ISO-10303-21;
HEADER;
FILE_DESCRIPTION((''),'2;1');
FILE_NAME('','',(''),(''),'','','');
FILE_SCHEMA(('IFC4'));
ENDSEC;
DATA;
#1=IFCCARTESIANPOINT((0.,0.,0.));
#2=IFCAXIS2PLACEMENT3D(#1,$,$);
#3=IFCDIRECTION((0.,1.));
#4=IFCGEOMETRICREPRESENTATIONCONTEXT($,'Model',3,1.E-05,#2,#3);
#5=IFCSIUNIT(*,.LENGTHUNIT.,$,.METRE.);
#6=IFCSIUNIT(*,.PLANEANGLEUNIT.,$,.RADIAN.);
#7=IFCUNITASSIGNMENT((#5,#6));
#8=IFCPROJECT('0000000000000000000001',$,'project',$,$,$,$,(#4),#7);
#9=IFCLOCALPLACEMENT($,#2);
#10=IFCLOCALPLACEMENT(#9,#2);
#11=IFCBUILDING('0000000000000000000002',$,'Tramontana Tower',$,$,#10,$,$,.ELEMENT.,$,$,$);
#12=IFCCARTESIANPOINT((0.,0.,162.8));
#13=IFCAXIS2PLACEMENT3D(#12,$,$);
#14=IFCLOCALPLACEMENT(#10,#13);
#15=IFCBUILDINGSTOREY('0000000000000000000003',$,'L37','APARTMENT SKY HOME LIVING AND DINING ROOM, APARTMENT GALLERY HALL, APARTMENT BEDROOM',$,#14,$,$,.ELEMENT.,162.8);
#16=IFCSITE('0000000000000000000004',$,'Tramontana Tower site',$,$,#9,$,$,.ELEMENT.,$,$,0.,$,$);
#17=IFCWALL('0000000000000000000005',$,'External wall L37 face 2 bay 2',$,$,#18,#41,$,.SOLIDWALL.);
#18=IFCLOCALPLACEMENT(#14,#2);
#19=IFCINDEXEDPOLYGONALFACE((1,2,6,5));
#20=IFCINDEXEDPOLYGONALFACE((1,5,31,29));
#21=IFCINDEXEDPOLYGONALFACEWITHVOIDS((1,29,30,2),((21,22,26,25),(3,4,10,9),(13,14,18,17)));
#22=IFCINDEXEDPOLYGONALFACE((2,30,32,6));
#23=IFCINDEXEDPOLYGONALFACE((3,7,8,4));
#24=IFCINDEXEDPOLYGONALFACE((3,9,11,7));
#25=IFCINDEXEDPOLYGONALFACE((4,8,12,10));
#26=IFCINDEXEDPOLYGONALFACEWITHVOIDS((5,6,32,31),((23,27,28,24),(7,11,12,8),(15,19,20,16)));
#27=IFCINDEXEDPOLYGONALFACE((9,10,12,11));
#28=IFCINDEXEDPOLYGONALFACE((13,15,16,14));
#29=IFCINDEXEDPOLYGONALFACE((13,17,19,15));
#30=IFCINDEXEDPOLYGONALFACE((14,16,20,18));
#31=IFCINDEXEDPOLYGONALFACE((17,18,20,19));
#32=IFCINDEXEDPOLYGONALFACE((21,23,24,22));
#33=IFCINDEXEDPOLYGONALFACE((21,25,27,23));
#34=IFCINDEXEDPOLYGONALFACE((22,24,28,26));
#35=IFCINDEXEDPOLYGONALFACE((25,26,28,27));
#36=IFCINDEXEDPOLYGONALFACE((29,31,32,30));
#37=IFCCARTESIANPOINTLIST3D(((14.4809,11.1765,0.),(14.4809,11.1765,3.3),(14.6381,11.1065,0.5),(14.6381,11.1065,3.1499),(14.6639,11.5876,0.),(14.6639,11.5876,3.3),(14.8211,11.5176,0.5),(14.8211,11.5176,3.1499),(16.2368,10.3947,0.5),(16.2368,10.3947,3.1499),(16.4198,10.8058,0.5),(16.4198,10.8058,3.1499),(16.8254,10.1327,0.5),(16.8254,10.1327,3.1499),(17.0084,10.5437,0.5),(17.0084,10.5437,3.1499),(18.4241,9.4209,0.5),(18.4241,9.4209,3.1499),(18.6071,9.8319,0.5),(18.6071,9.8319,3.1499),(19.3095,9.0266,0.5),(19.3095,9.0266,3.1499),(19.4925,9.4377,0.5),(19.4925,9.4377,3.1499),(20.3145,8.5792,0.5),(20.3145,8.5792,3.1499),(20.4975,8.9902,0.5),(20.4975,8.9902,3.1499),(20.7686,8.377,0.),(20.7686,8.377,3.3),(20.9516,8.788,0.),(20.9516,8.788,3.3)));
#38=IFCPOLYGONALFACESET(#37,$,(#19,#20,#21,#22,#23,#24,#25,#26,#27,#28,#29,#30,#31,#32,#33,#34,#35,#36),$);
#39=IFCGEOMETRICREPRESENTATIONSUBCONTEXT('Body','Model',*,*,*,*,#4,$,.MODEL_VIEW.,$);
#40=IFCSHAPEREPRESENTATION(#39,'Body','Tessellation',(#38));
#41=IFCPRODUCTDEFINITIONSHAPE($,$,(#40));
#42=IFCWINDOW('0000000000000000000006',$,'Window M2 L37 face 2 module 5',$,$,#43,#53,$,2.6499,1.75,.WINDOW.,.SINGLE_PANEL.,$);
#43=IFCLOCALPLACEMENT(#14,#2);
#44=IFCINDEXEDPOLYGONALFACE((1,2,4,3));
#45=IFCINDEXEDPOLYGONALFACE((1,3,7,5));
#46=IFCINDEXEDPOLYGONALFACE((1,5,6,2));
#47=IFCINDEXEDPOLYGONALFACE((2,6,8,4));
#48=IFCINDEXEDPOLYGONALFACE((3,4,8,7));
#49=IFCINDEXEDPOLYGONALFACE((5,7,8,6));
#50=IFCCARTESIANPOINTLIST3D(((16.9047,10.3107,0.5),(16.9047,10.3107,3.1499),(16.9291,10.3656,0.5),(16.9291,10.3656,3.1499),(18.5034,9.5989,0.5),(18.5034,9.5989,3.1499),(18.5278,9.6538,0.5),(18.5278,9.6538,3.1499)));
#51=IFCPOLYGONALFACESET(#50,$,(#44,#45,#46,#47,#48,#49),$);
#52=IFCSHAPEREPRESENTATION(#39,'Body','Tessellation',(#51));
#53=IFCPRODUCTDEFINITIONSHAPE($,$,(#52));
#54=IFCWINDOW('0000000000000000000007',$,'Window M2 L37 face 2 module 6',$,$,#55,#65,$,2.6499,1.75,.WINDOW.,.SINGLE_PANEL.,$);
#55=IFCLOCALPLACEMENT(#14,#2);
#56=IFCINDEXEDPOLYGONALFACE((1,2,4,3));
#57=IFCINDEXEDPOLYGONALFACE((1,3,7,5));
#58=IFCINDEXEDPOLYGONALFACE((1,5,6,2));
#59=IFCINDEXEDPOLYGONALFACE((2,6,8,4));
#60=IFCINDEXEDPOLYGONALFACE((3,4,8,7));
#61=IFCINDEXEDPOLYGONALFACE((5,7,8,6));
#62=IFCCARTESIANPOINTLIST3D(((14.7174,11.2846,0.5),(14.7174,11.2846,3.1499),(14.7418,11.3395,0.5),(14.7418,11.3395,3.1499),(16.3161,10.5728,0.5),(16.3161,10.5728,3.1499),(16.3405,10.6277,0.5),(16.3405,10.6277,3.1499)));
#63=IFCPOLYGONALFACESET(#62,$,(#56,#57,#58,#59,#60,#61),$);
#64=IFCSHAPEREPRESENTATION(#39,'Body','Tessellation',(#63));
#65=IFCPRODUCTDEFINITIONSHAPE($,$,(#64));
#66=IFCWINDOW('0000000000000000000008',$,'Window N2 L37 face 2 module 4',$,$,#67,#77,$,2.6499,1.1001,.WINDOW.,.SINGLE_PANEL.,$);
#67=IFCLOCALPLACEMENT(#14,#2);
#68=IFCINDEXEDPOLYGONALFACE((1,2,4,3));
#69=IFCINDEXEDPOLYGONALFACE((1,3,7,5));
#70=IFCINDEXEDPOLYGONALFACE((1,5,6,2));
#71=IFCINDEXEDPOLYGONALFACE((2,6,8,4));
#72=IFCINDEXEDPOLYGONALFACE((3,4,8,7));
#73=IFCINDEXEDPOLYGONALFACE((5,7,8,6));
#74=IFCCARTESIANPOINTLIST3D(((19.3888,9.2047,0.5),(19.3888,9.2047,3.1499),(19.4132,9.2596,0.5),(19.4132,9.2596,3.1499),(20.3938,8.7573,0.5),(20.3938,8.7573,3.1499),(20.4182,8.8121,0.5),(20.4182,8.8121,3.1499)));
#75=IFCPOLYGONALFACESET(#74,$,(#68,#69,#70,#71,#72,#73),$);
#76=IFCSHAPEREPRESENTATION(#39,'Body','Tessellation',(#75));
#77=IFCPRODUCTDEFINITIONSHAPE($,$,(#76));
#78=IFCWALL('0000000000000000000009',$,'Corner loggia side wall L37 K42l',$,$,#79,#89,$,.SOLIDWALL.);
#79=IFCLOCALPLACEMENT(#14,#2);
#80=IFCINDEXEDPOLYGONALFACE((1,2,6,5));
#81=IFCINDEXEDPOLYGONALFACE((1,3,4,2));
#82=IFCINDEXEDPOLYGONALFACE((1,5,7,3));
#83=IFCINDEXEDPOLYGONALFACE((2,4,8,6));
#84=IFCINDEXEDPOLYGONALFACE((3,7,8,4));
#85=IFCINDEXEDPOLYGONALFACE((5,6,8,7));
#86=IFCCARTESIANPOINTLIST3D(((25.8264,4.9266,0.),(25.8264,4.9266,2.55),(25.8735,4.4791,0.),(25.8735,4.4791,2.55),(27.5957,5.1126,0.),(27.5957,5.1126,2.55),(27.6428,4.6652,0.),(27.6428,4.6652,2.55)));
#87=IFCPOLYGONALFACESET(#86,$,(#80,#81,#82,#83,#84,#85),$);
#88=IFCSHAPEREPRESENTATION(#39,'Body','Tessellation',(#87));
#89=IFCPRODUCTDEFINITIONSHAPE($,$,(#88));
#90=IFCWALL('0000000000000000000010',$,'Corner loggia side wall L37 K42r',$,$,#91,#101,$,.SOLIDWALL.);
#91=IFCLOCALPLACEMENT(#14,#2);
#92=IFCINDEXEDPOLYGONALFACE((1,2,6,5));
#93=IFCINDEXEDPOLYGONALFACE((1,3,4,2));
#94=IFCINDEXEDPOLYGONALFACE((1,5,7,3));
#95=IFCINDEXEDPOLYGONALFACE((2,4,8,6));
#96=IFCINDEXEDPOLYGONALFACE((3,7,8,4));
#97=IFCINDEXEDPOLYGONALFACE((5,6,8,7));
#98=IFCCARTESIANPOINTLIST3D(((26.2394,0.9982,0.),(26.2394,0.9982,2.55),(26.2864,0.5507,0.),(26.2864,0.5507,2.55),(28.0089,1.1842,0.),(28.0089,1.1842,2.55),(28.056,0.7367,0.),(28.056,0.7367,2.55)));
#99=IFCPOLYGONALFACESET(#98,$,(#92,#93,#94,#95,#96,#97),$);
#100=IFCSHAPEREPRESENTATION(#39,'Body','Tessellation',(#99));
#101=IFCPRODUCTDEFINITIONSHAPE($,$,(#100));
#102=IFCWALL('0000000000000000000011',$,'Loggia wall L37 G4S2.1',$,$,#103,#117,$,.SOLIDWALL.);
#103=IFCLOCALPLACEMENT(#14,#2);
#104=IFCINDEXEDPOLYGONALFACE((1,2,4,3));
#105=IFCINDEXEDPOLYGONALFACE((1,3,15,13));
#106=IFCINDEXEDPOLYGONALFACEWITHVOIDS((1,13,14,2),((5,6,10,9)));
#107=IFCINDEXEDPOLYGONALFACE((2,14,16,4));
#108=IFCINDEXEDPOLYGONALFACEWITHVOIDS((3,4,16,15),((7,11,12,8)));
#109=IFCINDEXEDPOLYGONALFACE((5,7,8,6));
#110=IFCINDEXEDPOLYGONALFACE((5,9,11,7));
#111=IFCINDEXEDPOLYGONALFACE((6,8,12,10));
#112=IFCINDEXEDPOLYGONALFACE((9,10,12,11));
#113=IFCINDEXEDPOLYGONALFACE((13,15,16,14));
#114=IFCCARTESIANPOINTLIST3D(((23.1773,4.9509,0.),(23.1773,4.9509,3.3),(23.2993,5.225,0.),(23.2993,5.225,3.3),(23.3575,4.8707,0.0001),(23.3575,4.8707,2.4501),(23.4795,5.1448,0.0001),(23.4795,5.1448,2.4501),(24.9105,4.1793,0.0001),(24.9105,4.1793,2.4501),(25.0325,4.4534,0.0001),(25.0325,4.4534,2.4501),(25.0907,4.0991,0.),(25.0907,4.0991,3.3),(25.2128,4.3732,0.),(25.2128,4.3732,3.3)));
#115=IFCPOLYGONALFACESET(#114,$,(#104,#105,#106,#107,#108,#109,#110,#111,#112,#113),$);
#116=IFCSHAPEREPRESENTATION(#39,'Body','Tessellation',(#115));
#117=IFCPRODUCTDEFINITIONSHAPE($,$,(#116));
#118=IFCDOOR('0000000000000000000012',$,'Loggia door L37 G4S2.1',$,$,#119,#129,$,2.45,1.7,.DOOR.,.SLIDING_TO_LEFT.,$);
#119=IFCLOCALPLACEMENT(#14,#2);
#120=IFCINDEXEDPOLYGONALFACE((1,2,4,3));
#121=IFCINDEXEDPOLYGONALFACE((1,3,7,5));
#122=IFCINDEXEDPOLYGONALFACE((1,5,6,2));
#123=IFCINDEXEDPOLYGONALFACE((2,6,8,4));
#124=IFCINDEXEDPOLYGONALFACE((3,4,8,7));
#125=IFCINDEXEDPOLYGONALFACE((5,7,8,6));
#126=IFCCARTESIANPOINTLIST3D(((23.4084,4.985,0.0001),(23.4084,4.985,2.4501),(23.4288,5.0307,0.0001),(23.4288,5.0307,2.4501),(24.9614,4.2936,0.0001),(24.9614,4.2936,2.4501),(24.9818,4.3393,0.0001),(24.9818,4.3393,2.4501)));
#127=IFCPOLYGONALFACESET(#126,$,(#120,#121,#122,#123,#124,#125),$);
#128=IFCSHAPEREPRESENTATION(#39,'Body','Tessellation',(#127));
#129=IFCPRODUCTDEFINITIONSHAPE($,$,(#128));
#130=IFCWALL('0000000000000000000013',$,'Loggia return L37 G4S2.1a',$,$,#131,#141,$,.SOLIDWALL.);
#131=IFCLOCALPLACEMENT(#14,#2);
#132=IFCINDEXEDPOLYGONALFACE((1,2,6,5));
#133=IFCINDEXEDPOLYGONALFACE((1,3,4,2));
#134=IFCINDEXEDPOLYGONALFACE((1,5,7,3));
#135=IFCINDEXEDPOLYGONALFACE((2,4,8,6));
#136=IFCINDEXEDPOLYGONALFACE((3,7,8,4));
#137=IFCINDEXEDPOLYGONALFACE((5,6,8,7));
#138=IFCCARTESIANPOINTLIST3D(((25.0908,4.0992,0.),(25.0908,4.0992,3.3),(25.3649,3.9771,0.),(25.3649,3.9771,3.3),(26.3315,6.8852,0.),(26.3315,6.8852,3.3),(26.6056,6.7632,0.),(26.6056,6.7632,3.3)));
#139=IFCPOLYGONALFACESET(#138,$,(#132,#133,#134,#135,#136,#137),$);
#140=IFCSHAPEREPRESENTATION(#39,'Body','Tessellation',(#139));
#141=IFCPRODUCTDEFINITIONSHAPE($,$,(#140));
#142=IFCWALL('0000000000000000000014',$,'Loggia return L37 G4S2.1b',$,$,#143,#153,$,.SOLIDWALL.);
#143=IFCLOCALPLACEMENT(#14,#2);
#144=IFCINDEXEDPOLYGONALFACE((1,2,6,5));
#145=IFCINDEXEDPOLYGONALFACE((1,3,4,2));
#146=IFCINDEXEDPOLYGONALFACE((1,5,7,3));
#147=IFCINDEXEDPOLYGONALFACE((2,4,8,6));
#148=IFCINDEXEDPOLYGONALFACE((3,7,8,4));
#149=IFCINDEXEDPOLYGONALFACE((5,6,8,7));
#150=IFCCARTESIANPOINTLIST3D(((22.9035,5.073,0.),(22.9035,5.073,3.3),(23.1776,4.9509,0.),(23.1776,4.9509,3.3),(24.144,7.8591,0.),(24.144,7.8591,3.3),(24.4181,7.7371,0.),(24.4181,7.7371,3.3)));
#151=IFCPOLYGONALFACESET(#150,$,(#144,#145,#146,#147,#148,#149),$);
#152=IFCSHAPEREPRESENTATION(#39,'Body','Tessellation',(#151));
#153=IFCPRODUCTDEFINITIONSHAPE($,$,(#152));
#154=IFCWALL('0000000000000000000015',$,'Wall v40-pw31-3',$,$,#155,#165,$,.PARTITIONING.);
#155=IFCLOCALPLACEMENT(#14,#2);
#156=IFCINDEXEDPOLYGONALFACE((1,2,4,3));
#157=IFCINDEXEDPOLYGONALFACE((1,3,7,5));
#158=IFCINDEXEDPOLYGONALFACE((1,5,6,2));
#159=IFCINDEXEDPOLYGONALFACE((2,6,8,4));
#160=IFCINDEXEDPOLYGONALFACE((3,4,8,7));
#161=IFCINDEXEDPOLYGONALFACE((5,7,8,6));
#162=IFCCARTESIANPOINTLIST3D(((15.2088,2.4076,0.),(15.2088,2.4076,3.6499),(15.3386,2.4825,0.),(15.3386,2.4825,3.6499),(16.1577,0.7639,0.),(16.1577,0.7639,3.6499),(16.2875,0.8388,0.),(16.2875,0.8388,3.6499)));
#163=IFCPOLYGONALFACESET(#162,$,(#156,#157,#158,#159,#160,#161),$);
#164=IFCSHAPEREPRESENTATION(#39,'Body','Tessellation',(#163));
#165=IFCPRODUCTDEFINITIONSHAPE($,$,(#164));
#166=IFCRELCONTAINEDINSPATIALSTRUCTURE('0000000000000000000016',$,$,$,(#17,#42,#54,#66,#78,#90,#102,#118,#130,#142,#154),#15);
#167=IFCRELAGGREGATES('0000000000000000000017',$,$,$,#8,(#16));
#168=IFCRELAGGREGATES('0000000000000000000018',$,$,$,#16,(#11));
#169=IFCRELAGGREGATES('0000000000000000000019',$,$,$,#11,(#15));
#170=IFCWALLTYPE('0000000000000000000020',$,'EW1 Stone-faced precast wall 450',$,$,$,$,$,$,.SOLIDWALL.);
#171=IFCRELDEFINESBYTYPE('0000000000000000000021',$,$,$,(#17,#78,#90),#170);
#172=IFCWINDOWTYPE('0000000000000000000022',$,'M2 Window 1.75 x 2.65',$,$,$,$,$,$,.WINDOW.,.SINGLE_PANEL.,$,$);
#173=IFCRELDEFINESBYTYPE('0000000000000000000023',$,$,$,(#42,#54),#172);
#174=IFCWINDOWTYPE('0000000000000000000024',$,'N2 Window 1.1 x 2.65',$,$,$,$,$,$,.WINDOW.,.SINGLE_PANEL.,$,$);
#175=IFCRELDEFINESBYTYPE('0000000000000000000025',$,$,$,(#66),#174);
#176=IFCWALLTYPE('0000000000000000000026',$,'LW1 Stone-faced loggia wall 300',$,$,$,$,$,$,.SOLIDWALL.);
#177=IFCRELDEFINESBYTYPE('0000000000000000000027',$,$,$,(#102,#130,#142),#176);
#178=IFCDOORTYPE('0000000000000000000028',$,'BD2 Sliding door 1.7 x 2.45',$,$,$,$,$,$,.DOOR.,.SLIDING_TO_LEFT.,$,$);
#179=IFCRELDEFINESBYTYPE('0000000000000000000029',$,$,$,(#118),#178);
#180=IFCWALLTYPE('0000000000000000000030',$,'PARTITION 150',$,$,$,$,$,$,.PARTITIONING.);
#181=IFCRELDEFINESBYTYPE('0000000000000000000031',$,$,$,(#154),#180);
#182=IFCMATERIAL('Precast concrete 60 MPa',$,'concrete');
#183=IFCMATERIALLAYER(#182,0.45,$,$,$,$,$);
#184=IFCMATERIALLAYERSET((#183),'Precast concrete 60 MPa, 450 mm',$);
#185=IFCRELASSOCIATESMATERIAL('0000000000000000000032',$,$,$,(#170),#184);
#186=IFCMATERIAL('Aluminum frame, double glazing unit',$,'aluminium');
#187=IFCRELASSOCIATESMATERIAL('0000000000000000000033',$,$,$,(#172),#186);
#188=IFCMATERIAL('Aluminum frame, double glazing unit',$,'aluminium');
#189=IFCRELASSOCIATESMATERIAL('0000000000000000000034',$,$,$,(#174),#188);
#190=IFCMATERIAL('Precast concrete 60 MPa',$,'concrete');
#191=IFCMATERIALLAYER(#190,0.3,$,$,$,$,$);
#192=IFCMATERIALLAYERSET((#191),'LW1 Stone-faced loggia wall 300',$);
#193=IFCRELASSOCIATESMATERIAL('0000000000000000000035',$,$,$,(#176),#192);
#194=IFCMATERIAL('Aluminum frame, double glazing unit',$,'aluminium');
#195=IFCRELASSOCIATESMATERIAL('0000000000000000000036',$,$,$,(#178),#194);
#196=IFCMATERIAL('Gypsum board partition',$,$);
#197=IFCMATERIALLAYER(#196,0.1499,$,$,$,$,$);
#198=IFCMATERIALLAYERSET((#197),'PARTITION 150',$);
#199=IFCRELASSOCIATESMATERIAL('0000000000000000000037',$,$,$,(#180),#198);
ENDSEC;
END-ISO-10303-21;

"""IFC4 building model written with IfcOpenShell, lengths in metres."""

from ifc_helpers import new_model, si_unit, direction, frame, frame_2d, origin, place, context, subcontext, project, spatial, rectangle, extrude, material, layer, layer_set, type_object, element, fill, save


model = new_model("IFC4")

# Units and contexts
model_context = context("Model", 3, precision=1e-05, world=origin(), true_north=direction((0.0, 1.0)))
body_context = subcontext(model_context, "Body", "Model", "MODEL_VIEW")
ifc_project = project(units=[si_unit("LENGTHUNIT", "METRE"), si_unit("PLANEANGLEUNIT", "RADIAN")], contexts=[model_context])

# Site, building, storey
site_placement = place(None, origin())
site = spatial("IfcSite", under=ifc_project, at=site_placement, Name="Tramontana Tower site", CompositionType="ELEMENT", RefElevation=0.0)
building_placement = place(site_placement, origin())
building = spatial("IfcBuilding", under=site, at=building_placement, Name="Tramontana Tower", CompositionType="ELEMENT")
storey_placement = place(building_placement, frame((0.0, 0.0, 162.8)))
storey = spatial("IfcBuildingStorey", under=building, at=storey_placement, Name="L37", Description="APARTMENT SKY HOME LIVING AND DINING ROOM, APARTMENT GALLERY HALL, APARTMENT BEDROOM", CompositionType="ELEMENT", Elevation=162.8)

# Shared definitions
ifc_material_1 = material(Name="Precast concrete 60 MPa", Category="concrete")
ifc_layer_1 = layer(ifc_material_1, 0.45)
ifc_layer_set_1 = layer_set([ifc_layer_1], Name="Precast concrete 60 MPa, 450 mm")
wall_type_1 = type_object("IfcWallType", Name="EW1 Stone-faced precast wall 450", PredefinedType="SOLIDWALL", material=ifc_layer_set_1)
ifc_material_2 = material(Name="Aluminum frame, double glazing unit", Category="aluminium")
window_type_1 = type_object("IfcWindowType", Name="M2 Window 1.75 x 2.65", PartitioningType="SINGLE_PANEL", PredefinedType="WINDOW", material=ifc_material_2)

# Wall, openings, windows
wall_1_placement = place(storey_placement, frame((20.8601, 8.5825, 0.0), z_axis=(0.0, 0.0, 1.0), x_axis=(-0.913544, 0.406741, 0.0)))
wall_1 = element("IfcWall", 1, at=wall_1_placement, inside=storey, type_object=wall_type_1, Name="External wall L37 face 2 bay 2", PredefinedType="SOLIDWALL", context=body_context, shape_type="SweptSolid", body=[
    extrude(rectangle(XDim=6.8828, YDim=0.45, at=frame_2d((3.4414, 0.0))), origin(), (0.0, 0.0, 1.0), 3.3),
])
opening_1_placement = place(wall_1_placement, frame((0.4971, 0.0, 0.5)))
opening_1 = element("IfcOpeningElement", 2, at=opening_1_placement, cuts=wall_1, PredefinedType="OPENING", context=body_context, shape_type="SweptSolid", body=[
    extrude(rectangle(XDim=1.1001, YDim=2.6499, at=frame_2d((0.55, 1.325))), frame((0.0, 0.2349, 0.0), z_axis=(0.0, -1.0, 0.0), x_axis=(1.0, 0.0, 0.0)), (0.0, 0.0, 1.0), 0.47),
])
opening_2_placement = place(wall_1_placement, frame((2.5664, 0.0, 0.5)))
opening_2 = element("IfcOpeningElement", 3, at=opening_2_placement, cuts=wall_1, PredefinedType="OPENING", context=body_context, shape_type="SweptSolid", body=[
    extrude(rectangle(XDim=1.75, YDim=2.6499, at=frame_2d((0.875, 1.325))), frame((0.0, 0.2349, 0.0), z_axis=(0.0, -1.0, 0.0), x_axis=(1.0, 0.0, 0.0)), (0.0, 0.0, 1.0), 0.47),
])
opening_3_placement = place(wall_1_placement, frame((4.9607, 0.0, 0.5)))
opening_3 = element("IfcOpeningElement", 4, at=opening_3_placement, cuts=wall_1, PredefinedType="OPENING", context=body_context, shape_type="SweptSolid", body=[
    extrude(rectangle(XDim=1.75, YDim=2.6499, at=frame_2d((0.875, 1.325))), frame((0.0, 0.2349, 0.0), z_axis=(0.0, -1.0, 0.0), x_axis=(1.0, 0.0, 0.0)), (0.0, 0.0, 1.0), 0.47),
])
window_1_placement = place(opening_2_placement, origin())
window_1 = element("IfcWindow", 5, at=window_1_placement, inside=storey, type_object=window_type_1, Name="Window M2 L37 face 2 module 5", OverallHeight=2.6499, OverallWidth=1.75, PartitioningType="SINGLE_PANEL", PredefinedType="WINDOW", context=body_context, shape_type="SweptSolid", body=[
    extrude(rectangle(XDim=1.75, YDim=2.6499, at=frame_2d((0.875, 1.325))), frame((0.0, 0.03, 0.0), z_axis=(0.0, -1.0, 0.0), x_axis=(1.0, 0.0, 0.0)), (0.0, 0.0, 1.0), 0.0601),
])
fill(opening_2, window_1)
window_2_placement = place(opening_3_placement, origin())
window_2 = element("IfcWindow", 6, at=window_2_placement, inside=storey, type_object=window_type_1, Name="Window M2 L37 face 2 module 6", OverallHeight=2.6499, OverallWidth=1.75, PartitioningType="SINGLE_PANEL", PredefinedType="WINDOW", context=body_context, shape_type="SweptSolid", body=[
    extrude(rectangle(XDim=1.75, YDim=2.6499, at=frame_2d((0.875, 1.325))), frame((0.0, 0.03, 0.0), z_axis=(0.0, -1.0, 0.0), x_axis=(1.0, 0.0, 0.0)), (0.0, 0.0, 1.0), 0.0601),
])
fill(opening_3, window_2)
ifc_material_3 = material(Name="Aluminum frame, double glazing unit", Category="aluminium")
window_type_2 = type_object("IfcWindowType", Name="N2 Window 1.1 x 2.65", PartitioningType="SINGLE_PANEL", PredefinedType="WINDOW", material=ifc_material_3)
window_3_placement = place(opening_1_placement, origin())
window_3 = element("IfcWindow", 7, at=window_3_placement, inside=storey, type_object=window_type_2, Name="Window N2 L37 face 2 module 4", OverallHeight=2.6499, OverallWidth=1.1001, PartitioningType="SINGLE_PANEL", PredefinedType="WINDOW", context=body_context, shape_type="SweptSolid", body=[
    extrude(rectangle(XDim=1.1001, YDim=2.6499, at=frame_2d((0.55, 1.325))), frame((0.0, 0.03, 0.0), z_axis=(0.0, -1.0, 0.0), x_axis=(1.0, 0.0, 0.0)), (0.0, 0.0, 1.0), 0.0601),
])
fill(opening_1, window_3)

# Walls
wall_2_placement = place(storey_placement, frame((27.6194, 4.8889, 0.0), z_axis=(0.0, 0.0, 1.0), x_axis=(-0.994517, -0.10457, 0.0)))
element("IfcWall", 8, at=wall_2_placement, inside=storey, type_object=wall_type_1, Name="Corner loggia side wall L37 K42l", PredefinedType="SOLIDWALL", context=body_context, shape_type="SweptSolid", body=[
    extrude(rectangle(XDim=1.7791, YDim=0.45, at=frame_2d((0.8896, 0.0))), origin(), (0.0, 0.0, 1.0), 2.55),
])
wall_3_placement = place(storey_placement, frame((28.0325, 0.9604, 0.0), z_axis=(0.0, 0.0, 1.0), x_axis=(-0.994519, -0.104556, 0.0)))
element("IfcWall", 9, at=wall_3_placement, inside=storey, type_object=wall_type_1, Name="Corner loggia side wall L37 K42r", PredefinedType="SOLIDWALL", context=body_context, shape_type="SweptSolid", body=[
    extrude(rectangle(XDim=1.7793, YDim=0.45, at=frame_2d((0.8896, 0.0))), origin(), (0.0, 0.0, 1.0), 2.55),
])

# Wall, opening, door
ifc_material_4 = material(Name="Precast concrete 60 MPa", Category="concrete")
ifc_layer_2 = layer(ifc_material_4, 0.3)
ifc_layer_set_2 = layer_set([ifc_layer_2], Name="LW1 Stone-faced loggia wall 300")
wall_type_2 = type_object("IfcWallType", Name="LW1 Stone-faced loggia wall 300", PredefinedType="SOLIDWALL", material=ifc_layer_set_2)
wall_4_placement = place(storey_placement, frame((25.1519, 4.2361, 0.0), z_axis=(0.0, 0.0, 1.0), x_axis=(-0.913557, 0.406712, 0.0)))
wall_4 = element("IfcWall", 10, at=wall_4_placement, inside=storey, type_object=wall_type_2, Name="Loggia wall L37 G4S2.1", PredefinedType="SOLIDWALL", context=body_context, shape_type="SweptSolid", body=[
    extrude(rectangle(XDim=2.0945, YDim=0.3, at=frame_2d((1.0474, 0.0))), origin(), (0.0, 0.0, 1.0), 3.3),
])
opening_4_placement = place(wall_4_placement, frame((0.1973, 0.0, 0.0)))
opening_4 = element("IfcOpeningElement", 11, at=opening_4_placement, cuts=wall_4, PredefinedType="OPENING", context=body_context, shape_type="SweptSolid", body=[
    extrude(rectangle(XDim=1.7, YDim=2.45, at=frame_2d((0.8501, 1.2251))), frame((0.0, 0.1599, 0.0), z_axis=(0.0, -1.0, 0.0), x_axis=(1.0, 0.0, 0.0)), (0.0, 0.0, 1.0), 0.3201),
])
ifc_material_5 = material(Name="Aluminum frame, double glazing unit", Category="aluminium")
door_type_1 = type_object("IfcDoorType", Name="BD2 Sliding door 1.7 x 2.45", OperationType="SLIDING_TO_LEFT", PredefinedType="DOOR", material=ifc_material_5)
door_1_placement = place(opening_4_placement, origin())
door_1 = element("IfcDoor", 12, at=door_1_placement, inside=storey, type_object=door_type_1, Name="Loggia door L37 G4S2.1", OperationType="SLIDING_TO_LEFT", OverallHeight=2.45, OverallWidth=1.7, PredefinedType="DOOR", context=body_context, shape_type="SweptSolid", body=[
    extrude(rectangle(XDim=1.7, YDim=2.45, at=frame_2d((0.8501, 1.2251))), frame((0.0, 0.0249, 0.0), z_axis=(0.0, -1.0, 0.0), x_axis=(1.0, 0.0, 0.0)), (0.0, 0.0, 1.0), 0.05),
])
fill(opening_4, door_1)

# Walls
for number, where, z_axis, x_axis, name in (
    (13, (26.4685, 6.8242, 0.0), (0.0, 0.0, 1.0), (-0.406807, -0.913514, 0.0), "Loggia return L37 G4S2.1a"),
    (14, (24.281, 7.7981, 0.0), (0.0, 0.0, 1.0), (-0.40674, -0.913544, 0.0), "Loggia return L37 G4S2.1b"),
):
    element("IfcWall", number, at=place(storey_placement, frame(where, z_axis=z_axis, x_axis=x_axis)), inside=storey, type_object=wall_type_2, Name=name, PredefinedType="SOLIDWALL", context=body_context, shape_type="SweptSolid", body=[
        extrude(rectangle(XDim=3.0498, YDim=0.3, at=frame_2d((1.5249, 0.0))), origin(), (0.0, 0.0, 1.0), 3.3),
    ])
ifc_material_6 = material(Name="Gypsum board partition")
ifc_layer_3 = layer(ifc_material_6, 0.1499)
ifc_layer_set_3 = layer_set([ifc_layer_3], Name="PARTITION 150")
wall_type_3 = type_object("IfcWallType", Name="PARTITION 150", PredefinedType="PARTITIONING", material=ifc_layer_set_3)
wall_5_placement = place(storey_placement, frame((15.2737, 2.4451, 0.0), z_axis=(0.0, 0.0, 1.0), x_axis=(0.499971, -0.866042, 0.0)))
element("IfcWall", 15, at=wall_5_placement, inside=storey, type_object=wall_type_3, Name="Wall v40-pw31-3", PredefinedType="PARTITIONING", context=body_context, shape_type="SweptSolid", body=[
    extrude(rectangle(XDim=1.8979, YDim=0.1499, at=frame_2d((0.949, 0.0))), origin(), (0.0, 0.0, 1.0), 3.6499),
])

save(model, "model.ifc")
